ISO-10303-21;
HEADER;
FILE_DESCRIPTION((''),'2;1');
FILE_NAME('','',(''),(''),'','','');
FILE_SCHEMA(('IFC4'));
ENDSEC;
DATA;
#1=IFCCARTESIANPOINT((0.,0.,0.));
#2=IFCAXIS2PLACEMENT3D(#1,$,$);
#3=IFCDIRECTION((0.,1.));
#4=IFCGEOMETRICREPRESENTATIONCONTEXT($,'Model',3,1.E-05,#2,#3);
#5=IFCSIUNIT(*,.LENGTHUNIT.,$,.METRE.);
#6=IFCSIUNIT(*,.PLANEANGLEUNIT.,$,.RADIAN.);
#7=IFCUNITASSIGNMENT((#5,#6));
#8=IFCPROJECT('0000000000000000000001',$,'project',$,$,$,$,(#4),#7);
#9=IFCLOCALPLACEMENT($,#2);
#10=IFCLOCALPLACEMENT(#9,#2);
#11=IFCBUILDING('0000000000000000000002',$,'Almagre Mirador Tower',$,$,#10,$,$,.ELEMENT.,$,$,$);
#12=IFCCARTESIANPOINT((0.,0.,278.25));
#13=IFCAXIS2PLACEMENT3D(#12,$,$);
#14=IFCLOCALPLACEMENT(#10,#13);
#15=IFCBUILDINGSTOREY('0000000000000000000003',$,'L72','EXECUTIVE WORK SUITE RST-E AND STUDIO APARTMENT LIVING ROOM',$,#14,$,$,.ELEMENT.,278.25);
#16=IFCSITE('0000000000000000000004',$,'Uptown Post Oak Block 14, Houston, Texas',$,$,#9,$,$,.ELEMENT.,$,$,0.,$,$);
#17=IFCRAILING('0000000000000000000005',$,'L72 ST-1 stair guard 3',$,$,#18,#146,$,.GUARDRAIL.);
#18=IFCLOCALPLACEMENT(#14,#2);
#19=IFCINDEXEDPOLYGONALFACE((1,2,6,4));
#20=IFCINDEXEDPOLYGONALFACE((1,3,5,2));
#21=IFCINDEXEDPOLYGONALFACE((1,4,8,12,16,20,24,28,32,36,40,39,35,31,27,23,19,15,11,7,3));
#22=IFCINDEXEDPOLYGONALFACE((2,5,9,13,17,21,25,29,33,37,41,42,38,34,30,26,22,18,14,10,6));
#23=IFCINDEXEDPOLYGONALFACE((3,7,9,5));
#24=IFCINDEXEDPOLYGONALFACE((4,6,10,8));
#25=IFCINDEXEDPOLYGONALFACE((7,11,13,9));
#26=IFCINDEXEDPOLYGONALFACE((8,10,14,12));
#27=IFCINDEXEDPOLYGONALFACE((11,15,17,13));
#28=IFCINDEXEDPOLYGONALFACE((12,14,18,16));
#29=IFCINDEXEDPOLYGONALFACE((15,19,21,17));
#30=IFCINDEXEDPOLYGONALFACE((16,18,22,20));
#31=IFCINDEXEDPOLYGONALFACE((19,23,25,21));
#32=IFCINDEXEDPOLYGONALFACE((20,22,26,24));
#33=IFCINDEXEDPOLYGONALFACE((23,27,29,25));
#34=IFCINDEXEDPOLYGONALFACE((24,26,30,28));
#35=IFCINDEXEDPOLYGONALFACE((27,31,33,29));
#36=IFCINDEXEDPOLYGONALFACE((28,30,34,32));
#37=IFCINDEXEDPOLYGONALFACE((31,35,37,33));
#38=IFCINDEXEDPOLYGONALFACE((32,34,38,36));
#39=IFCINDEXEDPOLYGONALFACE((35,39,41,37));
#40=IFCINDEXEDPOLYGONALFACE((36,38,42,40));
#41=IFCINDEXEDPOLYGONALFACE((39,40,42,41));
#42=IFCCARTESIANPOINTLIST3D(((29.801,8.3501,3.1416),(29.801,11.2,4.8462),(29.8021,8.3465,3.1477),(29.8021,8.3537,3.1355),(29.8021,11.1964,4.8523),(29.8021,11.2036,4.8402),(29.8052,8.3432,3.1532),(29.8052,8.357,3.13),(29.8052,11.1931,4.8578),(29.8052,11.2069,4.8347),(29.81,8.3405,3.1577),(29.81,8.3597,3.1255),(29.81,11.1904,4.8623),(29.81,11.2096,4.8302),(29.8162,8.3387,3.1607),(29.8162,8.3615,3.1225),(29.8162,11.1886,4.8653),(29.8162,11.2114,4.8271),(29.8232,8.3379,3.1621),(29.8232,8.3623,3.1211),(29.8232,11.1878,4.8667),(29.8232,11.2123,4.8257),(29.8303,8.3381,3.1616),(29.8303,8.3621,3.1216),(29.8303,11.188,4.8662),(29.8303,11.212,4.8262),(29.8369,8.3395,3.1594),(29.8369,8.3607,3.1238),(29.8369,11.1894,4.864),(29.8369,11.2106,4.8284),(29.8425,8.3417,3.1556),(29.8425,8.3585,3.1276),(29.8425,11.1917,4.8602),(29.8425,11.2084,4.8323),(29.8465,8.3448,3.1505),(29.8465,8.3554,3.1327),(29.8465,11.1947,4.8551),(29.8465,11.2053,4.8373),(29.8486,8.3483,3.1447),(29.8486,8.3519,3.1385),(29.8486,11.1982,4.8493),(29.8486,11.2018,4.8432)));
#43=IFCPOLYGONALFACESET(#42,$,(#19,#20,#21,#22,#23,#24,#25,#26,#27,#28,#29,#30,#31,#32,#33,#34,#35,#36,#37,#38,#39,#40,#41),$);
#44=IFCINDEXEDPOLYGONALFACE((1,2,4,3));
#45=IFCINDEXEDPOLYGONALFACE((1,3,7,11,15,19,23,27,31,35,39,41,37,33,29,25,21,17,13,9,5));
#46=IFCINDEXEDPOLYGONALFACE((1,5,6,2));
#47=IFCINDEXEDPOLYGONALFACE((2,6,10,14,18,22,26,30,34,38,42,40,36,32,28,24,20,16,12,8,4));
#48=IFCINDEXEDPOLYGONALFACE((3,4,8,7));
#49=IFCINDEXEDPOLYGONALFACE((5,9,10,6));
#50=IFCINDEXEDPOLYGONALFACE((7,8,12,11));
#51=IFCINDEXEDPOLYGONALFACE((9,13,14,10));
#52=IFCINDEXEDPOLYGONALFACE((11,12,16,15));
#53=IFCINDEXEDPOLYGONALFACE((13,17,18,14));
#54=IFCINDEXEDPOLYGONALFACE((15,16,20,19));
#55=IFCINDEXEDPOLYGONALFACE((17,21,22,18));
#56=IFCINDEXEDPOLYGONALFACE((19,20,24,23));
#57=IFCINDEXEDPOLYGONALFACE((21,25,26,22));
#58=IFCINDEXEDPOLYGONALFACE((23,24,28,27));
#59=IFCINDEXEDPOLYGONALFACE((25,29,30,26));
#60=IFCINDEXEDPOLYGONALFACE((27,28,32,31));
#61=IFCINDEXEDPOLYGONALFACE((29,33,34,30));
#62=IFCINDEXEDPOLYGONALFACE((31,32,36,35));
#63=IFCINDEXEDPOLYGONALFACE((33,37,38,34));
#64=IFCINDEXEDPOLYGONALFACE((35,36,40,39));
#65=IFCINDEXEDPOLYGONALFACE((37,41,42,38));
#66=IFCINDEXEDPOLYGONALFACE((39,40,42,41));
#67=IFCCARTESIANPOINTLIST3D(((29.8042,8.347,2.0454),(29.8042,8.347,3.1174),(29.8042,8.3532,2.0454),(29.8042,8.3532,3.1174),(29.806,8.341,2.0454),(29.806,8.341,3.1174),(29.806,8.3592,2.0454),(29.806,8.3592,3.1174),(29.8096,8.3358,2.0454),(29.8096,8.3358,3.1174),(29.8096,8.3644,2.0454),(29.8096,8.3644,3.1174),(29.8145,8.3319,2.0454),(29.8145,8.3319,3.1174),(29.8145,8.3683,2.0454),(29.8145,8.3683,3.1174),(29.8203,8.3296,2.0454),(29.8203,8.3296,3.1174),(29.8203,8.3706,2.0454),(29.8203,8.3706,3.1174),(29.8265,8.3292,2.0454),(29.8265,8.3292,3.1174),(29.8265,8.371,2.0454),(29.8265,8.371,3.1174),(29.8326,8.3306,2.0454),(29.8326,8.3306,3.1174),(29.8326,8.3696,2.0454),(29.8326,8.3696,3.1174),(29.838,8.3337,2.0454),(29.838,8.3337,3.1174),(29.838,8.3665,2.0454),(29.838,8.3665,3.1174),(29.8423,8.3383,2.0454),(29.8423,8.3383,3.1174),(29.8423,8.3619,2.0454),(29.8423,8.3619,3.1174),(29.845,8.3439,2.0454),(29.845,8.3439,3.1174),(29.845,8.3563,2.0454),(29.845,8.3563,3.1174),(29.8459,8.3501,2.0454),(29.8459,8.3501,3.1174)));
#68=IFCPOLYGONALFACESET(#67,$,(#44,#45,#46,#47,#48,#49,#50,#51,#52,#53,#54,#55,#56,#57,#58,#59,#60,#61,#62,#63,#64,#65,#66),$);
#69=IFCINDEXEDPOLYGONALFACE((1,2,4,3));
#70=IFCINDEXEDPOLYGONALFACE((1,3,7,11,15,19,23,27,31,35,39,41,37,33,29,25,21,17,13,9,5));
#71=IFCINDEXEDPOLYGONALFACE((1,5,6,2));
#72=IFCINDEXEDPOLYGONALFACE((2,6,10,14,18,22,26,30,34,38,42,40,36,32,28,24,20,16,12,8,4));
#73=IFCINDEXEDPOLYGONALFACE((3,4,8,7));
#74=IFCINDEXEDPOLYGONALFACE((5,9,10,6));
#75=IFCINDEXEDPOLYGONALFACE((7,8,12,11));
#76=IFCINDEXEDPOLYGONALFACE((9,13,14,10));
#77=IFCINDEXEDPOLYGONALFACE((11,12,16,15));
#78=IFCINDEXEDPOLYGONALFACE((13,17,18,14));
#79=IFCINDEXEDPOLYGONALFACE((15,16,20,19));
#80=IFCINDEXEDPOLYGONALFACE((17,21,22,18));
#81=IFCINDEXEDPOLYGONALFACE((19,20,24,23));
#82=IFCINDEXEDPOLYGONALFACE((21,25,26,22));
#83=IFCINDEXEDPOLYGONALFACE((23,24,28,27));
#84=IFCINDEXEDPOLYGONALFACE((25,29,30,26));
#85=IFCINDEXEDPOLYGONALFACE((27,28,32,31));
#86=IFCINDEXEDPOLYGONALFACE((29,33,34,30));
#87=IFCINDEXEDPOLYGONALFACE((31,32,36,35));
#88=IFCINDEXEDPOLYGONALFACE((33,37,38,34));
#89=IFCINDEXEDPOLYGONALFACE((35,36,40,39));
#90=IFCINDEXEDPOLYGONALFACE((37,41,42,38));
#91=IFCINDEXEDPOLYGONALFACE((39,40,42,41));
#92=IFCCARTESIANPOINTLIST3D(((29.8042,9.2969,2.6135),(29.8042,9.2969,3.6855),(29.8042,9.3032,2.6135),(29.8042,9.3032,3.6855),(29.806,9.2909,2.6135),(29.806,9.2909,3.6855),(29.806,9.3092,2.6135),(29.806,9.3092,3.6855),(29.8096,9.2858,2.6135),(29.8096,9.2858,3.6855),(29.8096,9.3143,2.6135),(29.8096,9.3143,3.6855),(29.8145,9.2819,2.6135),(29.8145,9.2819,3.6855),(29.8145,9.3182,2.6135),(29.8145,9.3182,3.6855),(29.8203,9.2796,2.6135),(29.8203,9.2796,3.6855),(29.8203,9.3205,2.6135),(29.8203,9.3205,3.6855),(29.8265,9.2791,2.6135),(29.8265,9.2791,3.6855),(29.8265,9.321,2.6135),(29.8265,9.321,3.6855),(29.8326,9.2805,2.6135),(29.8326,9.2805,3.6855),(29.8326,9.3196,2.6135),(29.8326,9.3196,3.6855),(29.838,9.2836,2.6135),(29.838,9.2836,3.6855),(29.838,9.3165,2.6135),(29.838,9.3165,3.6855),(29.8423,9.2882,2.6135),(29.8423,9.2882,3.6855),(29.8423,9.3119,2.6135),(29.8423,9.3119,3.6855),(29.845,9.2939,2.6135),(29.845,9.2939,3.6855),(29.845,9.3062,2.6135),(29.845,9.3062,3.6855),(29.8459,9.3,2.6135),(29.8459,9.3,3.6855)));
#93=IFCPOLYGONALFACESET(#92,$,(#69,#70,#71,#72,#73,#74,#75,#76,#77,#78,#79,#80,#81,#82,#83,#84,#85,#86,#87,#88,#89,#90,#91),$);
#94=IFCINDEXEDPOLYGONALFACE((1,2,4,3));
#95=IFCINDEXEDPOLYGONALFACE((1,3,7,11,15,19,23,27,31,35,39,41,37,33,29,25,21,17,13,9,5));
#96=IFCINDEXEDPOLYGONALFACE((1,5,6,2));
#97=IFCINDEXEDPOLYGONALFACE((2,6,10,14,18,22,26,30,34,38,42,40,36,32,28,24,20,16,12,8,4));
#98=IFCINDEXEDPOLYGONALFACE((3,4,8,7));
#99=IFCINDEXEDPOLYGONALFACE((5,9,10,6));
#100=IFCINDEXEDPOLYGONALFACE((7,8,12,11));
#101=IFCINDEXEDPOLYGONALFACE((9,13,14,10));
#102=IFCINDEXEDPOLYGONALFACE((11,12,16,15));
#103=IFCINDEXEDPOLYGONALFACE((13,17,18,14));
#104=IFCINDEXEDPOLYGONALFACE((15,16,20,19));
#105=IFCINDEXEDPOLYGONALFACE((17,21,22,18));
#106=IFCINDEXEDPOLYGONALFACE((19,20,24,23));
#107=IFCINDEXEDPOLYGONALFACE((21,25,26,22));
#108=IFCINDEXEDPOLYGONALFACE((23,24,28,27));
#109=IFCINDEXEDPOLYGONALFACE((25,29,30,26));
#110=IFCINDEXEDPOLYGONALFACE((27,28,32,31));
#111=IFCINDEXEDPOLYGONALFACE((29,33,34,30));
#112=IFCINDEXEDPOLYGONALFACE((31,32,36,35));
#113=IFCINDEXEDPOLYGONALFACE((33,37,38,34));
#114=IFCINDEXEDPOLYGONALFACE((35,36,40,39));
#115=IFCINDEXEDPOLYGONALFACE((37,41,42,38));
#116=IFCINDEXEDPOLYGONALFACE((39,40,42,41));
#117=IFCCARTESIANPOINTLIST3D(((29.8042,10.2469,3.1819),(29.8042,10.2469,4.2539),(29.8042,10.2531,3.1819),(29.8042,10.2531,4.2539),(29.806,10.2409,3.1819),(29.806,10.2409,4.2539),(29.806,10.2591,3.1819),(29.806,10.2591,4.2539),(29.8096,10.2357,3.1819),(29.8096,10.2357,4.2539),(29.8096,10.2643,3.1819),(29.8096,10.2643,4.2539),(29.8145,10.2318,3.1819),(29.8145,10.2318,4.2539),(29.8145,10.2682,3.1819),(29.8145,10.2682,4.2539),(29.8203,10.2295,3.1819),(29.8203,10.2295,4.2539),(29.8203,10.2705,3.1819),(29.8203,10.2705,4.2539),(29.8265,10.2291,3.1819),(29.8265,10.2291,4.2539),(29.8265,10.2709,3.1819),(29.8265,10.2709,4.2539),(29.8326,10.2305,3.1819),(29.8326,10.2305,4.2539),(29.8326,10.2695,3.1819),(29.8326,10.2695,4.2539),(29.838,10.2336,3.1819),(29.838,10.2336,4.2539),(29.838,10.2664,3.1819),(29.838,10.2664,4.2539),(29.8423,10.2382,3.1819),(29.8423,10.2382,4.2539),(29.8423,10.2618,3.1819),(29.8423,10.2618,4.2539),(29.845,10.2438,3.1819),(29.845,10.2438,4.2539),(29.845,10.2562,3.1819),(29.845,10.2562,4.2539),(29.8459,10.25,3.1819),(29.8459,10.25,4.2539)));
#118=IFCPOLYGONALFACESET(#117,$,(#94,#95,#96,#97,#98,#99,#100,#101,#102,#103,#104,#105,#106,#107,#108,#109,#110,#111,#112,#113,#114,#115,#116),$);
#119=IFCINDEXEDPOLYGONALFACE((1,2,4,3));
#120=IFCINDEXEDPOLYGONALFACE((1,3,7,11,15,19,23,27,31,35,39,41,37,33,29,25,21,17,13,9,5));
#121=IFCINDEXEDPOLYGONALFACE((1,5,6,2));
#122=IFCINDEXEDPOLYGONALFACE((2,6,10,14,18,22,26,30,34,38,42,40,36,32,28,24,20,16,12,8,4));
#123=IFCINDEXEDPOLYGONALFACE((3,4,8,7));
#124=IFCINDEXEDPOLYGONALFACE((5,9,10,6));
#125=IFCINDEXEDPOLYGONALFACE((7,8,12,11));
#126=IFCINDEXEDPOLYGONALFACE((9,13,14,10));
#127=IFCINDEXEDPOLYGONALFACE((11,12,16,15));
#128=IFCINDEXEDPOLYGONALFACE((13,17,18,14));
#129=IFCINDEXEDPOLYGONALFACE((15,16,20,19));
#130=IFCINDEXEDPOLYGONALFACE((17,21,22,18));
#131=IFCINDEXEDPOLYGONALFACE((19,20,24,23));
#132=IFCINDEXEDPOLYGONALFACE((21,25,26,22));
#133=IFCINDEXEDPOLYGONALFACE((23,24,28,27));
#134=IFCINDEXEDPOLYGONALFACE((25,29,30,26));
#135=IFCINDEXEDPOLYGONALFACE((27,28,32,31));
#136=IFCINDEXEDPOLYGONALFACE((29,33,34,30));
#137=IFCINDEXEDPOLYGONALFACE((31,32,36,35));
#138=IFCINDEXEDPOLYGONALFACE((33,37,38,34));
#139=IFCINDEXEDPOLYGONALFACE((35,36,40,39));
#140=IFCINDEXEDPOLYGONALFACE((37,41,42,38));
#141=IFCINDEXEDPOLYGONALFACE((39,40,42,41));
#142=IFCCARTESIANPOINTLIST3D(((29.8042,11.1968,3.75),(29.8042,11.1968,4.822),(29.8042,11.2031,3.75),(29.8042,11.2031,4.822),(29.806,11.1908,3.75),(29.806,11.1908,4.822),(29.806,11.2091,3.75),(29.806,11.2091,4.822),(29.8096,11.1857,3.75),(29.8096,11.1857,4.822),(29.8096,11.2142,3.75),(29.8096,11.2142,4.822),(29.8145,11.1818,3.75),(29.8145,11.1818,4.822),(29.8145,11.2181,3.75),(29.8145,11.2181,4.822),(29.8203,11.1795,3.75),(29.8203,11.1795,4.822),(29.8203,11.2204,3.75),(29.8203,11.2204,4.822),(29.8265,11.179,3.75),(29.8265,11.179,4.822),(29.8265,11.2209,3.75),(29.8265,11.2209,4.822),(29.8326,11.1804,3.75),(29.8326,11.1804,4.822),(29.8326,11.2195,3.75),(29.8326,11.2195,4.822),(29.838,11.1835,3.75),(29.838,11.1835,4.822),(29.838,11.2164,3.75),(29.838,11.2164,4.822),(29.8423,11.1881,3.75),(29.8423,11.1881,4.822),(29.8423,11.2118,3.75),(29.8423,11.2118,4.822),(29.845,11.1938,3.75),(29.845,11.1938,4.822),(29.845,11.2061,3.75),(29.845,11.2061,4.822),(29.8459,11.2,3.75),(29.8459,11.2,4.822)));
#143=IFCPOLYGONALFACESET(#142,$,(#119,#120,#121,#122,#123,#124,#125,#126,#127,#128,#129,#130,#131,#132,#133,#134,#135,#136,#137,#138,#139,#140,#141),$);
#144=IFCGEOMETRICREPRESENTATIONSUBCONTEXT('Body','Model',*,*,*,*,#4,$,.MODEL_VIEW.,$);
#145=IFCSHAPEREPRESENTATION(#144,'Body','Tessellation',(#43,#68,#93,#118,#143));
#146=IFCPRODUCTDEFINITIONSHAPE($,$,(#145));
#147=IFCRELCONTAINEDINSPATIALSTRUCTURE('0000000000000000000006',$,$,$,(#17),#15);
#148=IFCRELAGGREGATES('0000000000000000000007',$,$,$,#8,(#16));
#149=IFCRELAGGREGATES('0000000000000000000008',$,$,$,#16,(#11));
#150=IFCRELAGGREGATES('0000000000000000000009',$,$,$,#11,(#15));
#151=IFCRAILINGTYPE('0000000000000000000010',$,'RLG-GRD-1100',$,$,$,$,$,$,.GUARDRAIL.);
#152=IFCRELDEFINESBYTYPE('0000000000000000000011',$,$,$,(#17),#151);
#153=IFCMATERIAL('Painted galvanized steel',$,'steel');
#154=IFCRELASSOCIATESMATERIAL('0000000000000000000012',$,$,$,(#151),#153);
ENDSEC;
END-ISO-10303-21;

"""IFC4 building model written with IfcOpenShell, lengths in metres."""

from ifc_helpers import new_model, si_unit, direction, frame, origin, origin_2d, place, context, subcontext, project, spatial, circle, extrude, material, type_object, element, save


model = new_model("IFC4")

# Units and contexts
model_context = context("Model", 3, precision=1e-05, world=origin(), true_north=direction((0.0, 1.0)))
body_context = subcontext(model_context, "Body", "Model", "MODEL_VIEW")
ifc_project = project(units=[si_unit("LENGTHUNIT", "METRE"), si_unit("PLANEANGLEUNIT", "RADIAN")], contexts=[model_context])

# Site, building, storey
site_placement = place(None, origin())
site = spatial("IfcSite", under=ifc_project, at=site_placement, Name="Uptown Post Oak Block 14, Houston, Texas", CompositionType="ELEMENT", RefElevation=0.0)
building_placement = place(site_placement, origin())
building = spatial("IfcBuilding", under=site, at=building_placement, Name="Almagre Mirador Tower", CompositionType="ELEMENT")
storey_placement = place(building_placement, frame((0.0, 0.0, 278.25)))
storey = spatial("IfcBuildingStorey", under=building, at=storey_placement, Name="L72", Description="EXECUTIVE WORK SUITE RST-E AND STUDIO APARTMENT LIVING ROOM", CompositionType="ELEMENT", Elevation=278.25)

# Railing
ifc_material_1 = material(Name="Painted galvanized steel", Category="steel")
railing_type_1 = type_object("IfcRailingType", Name="RLG-GRD-1100", PredefinedType="GUARDRAIL", material=ifc_material_1)
railing_1_placement = place(storey_placement, frame((29.825, 8.3501, 2.0454)))
element("IfcRailing", 1, at=railing_1_placement, inside=storey, type_object=railing_type_1, Name="L72 ST-1 stair guard 3", PredefinedType="GUARDRAIL", context=body_context, shape_type="SweptSolid", body=[
    extrude(circle(Radius=0.0239, at=origin_2d()), frame((0.0, 0.0, 1.0962), z_axis=(0.0, 0.858199, 0.513317), x_axis=(-1.0, 0.0, 0.0)), (0.0, 0.0, 1.0), 3.3208),
    extrude(circle(Radius=0.021, at=origin_2d()), origin(), (0.0, 0.0, 1.0), 1.072),
    extrude(circle(Radius=0.021, at=origin_2d()), frame((0.0, 0.95, 0.5681)), (0.0, 0.0, 1.0), 1.072),
    extrude(circle(Radius=0.021, at=origin_2d()), frame((0.0, 1.8999, 1.1365)), (0.0, 0.0, 1.0), 1.072),
    extrude(circle(Radius=0.021, at=origin_2d()), frame((0.0, 2.8499, 1.7046)), (0.0, 0.0, 1.0), 1.072),
])

save(model, "model.ifc")
